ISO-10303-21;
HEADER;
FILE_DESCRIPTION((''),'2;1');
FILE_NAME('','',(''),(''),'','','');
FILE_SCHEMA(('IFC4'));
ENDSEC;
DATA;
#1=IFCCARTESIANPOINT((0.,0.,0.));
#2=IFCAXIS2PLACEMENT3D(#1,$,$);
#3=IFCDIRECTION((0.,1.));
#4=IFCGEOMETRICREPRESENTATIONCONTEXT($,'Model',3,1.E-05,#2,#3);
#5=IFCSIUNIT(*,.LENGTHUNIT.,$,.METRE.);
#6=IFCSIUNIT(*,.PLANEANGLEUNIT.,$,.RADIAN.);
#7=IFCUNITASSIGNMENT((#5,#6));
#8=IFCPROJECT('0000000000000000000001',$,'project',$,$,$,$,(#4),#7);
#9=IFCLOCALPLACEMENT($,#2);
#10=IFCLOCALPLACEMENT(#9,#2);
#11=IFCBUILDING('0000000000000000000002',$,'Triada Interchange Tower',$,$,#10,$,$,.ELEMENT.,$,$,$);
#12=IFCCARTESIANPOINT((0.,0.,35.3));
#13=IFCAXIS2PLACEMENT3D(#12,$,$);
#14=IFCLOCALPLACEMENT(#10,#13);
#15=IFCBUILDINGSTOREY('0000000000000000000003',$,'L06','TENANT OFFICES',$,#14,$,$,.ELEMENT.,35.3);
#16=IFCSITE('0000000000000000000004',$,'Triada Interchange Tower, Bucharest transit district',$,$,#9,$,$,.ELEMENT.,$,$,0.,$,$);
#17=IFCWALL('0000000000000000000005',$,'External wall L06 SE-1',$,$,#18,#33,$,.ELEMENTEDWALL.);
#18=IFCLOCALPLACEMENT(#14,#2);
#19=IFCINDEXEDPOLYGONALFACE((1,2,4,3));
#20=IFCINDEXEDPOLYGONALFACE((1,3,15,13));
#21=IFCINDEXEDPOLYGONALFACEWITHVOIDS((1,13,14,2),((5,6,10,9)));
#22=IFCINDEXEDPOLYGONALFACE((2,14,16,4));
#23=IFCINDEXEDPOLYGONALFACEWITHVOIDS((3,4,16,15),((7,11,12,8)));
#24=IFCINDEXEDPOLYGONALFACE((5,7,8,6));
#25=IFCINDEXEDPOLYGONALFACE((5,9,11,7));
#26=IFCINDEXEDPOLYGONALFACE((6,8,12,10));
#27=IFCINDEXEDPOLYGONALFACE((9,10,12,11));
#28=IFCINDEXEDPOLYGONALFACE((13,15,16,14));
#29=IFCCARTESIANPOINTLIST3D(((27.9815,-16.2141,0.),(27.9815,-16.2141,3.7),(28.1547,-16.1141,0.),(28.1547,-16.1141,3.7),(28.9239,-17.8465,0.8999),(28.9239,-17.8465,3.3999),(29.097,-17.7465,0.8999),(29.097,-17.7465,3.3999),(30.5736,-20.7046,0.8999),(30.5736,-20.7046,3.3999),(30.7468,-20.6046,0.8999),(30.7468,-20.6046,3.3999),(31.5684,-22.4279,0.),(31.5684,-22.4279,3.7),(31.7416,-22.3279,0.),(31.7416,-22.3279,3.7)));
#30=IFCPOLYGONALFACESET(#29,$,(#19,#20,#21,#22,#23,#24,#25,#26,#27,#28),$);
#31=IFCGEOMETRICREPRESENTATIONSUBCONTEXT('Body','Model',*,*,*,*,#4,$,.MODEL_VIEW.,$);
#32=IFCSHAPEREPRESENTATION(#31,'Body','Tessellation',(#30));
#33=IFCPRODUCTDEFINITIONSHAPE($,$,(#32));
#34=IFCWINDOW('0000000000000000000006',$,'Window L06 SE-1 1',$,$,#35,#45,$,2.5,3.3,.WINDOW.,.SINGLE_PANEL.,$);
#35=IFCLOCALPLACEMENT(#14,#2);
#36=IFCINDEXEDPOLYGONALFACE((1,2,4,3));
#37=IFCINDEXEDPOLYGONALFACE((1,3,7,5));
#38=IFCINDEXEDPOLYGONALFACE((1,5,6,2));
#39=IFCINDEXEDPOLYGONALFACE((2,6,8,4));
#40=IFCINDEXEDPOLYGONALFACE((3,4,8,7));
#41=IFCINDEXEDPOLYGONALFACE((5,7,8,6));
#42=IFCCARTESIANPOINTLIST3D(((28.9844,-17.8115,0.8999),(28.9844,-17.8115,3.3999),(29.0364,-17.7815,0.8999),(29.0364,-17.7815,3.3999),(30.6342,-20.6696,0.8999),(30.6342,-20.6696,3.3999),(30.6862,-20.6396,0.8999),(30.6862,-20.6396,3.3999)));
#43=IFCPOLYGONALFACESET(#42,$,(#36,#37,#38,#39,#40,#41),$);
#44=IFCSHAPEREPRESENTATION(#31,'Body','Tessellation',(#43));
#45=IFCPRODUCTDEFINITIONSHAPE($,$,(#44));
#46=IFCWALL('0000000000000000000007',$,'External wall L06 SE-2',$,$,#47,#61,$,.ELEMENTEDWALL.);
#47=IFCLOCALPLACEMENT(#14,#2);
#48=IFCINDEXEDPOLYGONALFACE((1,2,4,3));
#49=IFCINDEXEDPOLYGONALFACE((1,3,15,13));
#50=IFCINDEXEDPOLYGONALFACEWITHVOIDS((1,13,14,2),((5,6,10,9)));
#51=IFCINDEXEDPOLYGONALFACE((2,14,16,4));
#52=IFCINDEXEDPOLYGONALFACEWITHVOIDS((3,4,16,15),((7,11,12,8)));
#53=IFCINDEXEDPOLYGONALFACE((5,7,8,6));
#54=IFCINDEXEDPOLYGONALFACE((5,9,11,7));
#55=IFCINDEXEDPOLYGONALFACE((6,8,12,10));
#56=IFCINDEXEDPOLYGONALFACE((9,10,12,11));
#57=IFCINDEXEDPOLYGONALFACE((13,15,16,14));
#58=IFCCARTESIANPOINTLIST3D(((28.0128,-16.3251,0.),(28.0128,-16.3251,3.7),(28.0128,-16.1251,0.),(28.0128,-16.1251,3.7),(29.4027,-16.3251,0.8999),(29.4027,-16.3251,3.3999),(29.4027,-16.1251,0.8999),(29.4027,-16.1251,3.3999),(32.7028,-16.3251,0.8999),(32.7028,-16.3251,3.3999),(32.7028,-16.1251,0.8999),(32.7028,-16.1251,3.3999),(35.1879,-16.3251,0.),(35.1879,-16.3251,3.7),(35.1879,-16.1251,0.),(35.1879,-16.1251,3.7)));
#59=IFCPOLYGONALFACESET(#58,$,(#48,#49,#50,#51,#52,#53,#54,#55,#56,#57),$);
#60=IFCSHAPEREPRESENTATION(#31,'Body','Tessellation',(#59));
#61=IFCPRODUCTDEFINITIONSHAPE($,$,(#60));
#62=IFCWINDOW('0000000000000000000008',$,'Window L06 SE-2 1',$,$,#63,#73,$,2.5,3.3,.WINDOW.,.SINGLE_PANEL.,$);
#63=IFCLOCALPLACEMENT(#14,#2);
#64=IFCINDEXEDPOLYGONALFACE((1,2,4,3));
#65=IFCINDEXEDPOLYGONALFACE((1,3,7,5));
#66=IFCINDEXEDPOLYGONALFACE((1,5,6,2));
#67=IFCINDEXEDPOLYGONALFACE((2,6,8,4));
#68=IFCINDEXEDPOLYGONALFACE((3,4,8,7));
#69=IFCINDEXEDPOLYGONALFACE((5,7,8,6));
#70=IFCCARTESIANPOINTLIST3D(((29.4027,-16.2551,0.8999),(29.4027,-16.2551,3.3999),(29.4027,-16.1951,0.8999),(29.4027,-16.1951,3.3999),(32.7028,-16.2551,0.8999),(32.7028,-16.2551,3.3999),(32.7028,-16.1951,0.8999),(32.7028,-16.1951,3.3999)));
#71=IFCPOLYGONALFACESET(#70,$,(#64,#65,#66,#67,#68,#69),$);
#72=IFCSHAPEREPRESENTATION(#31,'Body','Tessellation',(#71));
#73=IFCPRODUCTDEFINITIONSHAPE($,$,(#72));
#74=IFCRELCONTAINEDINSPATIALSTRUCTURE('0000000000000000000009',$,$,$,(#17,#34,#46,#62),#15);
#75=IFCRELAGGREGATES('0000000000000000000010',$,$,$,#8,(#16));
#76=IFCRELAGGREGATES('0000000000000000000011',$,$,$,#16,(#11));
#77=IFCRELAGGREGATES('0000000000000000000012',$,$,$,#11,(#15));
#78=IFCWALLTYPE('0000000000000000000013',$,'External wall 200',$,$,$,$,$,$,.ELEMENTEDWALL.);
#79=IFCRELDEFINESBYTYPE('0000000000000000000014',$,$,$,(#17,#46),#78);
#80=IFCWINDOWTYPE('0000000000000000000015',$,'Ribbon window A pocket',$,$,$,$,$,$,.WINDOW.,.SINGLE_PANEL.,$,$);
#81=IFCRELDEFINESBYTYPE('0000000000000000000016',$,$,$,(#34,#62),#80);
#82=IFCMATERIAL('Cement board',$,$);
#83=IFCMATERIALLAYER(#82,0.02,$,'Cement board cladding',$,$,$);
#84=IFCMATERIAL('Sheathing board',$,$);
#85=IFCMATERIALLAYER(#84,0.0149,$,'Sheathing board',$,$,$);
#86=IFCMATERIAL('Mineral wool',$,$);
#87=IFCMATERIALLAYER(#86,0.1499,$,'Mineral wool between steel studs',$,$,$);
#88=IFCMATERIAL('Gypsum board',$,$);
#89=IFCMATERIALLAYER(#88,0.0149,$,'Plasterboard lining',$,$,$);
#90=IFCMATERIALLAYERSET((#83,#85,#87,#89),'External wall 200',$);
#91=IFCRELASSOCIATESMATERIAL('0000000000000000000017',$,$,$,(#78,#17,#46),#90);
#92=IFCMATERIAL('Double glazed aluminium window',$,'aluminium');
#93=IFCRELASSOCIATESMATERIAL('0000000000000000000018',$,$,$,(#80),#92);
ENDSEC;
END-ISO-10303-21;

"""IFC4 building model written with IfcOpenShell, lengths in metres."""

from ifc_helpers import new_model, si_unit, direction, frame, frame_2d, origin, place, context, subcontext, project, spatial, rectangle, extrude, material, layer, layer_set, layer_usage, type_object, element, fill, save


model = new_model("IFC4")

# Units and contexts
model_context = context("Model", 3, precision=1e-05, world=origin(), true_north=direction((0.0, 1.0)))
body_context = subcontext(model_context, "Body", "Model", "MODEL_VIEW")
ifc_project = project(units=[si_unit("LENGTHUNIT", "METRE"), si_unit("PLANEANGLEUNIT", "RADIAN")], contexts=[model_context])

# Site, building, storey
site_placement = place(None, origin())
site = spatial("IfcSite", under=ifc_project, at=site_placement, Name="Triada Interchange Tower, Bucharest transit district", CompositionType="ELEMENT", RefElevation=0.0)
building_placement = place(site_placement, origin())
building = spatial("IfcBuilding", under=site, at=building_placement, Name="Triada Interchange Tower", CompositionType="ELEMENT")
storey_placement = place(building_placement, frame((0.0, 0.0, 35.3)))
storey = spatial("IfcBuildingStorey", under=building, at=storey_placement, Name="L06", Description="TENANT OFFICES", CompositionType="ELEMENT", Elevation=35.3)

# Walls, openings, windows
ifc_material_1 = material(Name="Cement board")
ifc_layer_1 = layer(ifc_material_1, 0.02, Name="Cement board cladding")
ifc_material_2 = material(Name="Sheathing board")
ifc_layer_2 = layer(ifc_material_2, 0.0149, Name="Sheathing board")
ifc_material_3 = material(Name="Mineral wool")
ifc_layer_3 = layer(ifc_material_3, 0.1499, Name="Mineral wool between steel studs")
ifc_material_4 = material(Name="Gypsum board")
ifc_layer_4 = layer(ifc_material_4, 0.0149, Name="Plasterboard lining")
ifc_layer_set_1 = layer_set([ifc_layer_1, ifc_layer_2, ifc_layer_3, ifc_layer_4], Name="External wall 200")
ifc_layer_usage = layer_usage(ifc_layer_set_1, "AXIS2", "POSITIVE", -0.1001)
wall_type = type_object("IfcWallType", Name="External wall 200", PredefinedType="ELEMENTEDWALL", material=ifc_layer_set_1)
wall_1_placement = place(storey_placement, frame((31.655, -22.3779, 0.0), z_axis=(0.0, 0.0, 1.0), x_axis=(-0.499931, 0.866065, 0.0)))
wall_1 = element("IfcWall", 1, at=wall_1_placement, inside=storey, type_object=wall_type, material=ifc_layer_usage, Name="External wall L06 SE-1", PredefinedType="ELEMENTEDWALL", context=body_context, shape_type="SweptSolid", body=[
    extrude(rectangle(XDim=7.1748, YDim=0.2, at=frame_2d((3.5874, 0.0))), origin(), (0.0, 0.0, 1.0), 3.7),
])
opening_1_placement = place(wall_1_placement, frame((1.99, 0.0, 0.8999)))
opening_1 = element("IfcOpeningElement", 2, at=opening_1_placement, cuts=wall_1, PredefinedType="OPENING", context=body_context, shape_type="SweptSolid", body=[
    extrude(rectangle(XDim=3.3, YDim=2.5, at=frame_2d((1.6499, 1.25))), frame((0.0, 0.1099, 0.0), z_axis=(0.0, -1.0, 0.0), x_axis=(1.0, 0.0, 0.0)), (0.0, 0.0, 1.0), 0.22),
])
ifc_material_5 = material(Name="Double glazed aluminium window", Category="aluminium")
window_type_1 = type_object("IfcWindowType", Name="Ribbon window A pocket", PartitioningType="SINGLE_PANEL", PredefinedType="WINDOW", material=ifc_material_5)
window_1_placement = place(opening_1_placement, origin())
window_1 = element("IfcWindow", 3, at=window_1_placement, inside=storey, type_object=window_type_1, Name="Window L06 SE-1 1", OverallHeight=2.5, OverallWidth=3.3, PartitioningType="SINGLE_PANEL", PredefinedType="WINDOW", context=body_context, shape_type="SweptSolid", body=[
    extrude(rectangle(XDim=3.3, YDim=2.5, at=frame_2d((1.6499, 1.25))), frame((0.0, 0.03, 0.0), z_axis=(0.0, -1.0, 0.0), x_axis=(1.0, 0.0, 0.0)), (0.0, 0.0, 1.0), 0.0601),
])
fill(opening_1, window_1)
wall_2_placement = place(storey_placement, frame((28.0129, -16.2251, 0.0), z_axis=(0.0, 0.0, 1.0), x_axis=(1.0, 0.0, 0.0)))
wall_2 = element("IfcWall", 4, at=wall_2_placement, inside=storey, type_object=wall_type, material=ifc_layer_usage, Name="External wall L06 SE-2", PredefinedType="ELEMENTEDWALL", context=body_context, shape_type="SweptSolid", body=[
    extrude(rectangle(XDim=7.175, YDim=0.2, at=frame_2d((3.5874, 0.0))), origin(), (0.0, 0.0, 1.0), 3.7),
])
opening_2_placement = place(wall_2_placement, frame((1.3899, 0.0, 0.8999)))
opening_2 = element("IfcOpeningElement", 5, at=opening_2_placement, cuts=wall_2, PredefinedType="OPENING", context=body_context, shape_type="SweptSolid", body=[
    extrude(rectangle(XDim=3.3, YDim=2.5, at=frame_2d((1.6499, 1.25))), frame((0.0, 0.1099, 0.0), z_axis=(0.0, -1.0, 0.0), x_axis=(1.0, 0.0, 0.0)), (0.0, 0.0, 1.0), 0.22),
])
window_2_placement = place(opening_2_placement, origin())
window_2 = element("IfcWindow", 6, at=window_2_placement, inside=storey, type_object=window_type_1, Name="Window L06 SE-2 1", OverallHeight=2.5, OverallWidth=3.3, PartitioningType="SINGLE_PANEL", PredefinedType="WINDOW", context=body_context, shape_type="SweptSolid", body=[
    extrude(rectangle(XDim=3.3, YDim=2.5, at=frame_2d((1.6499, 1.25))), frame((0.0, 0.03, 0.0), z_axis=(0.0, -1.0, 0.0), x_axis=(1.0, 0.0, 0.0)), (0.0, 0.0, 1.0), 0.0601),
])
fill(opening_2, window_2)

save(model, "model.ifc")
